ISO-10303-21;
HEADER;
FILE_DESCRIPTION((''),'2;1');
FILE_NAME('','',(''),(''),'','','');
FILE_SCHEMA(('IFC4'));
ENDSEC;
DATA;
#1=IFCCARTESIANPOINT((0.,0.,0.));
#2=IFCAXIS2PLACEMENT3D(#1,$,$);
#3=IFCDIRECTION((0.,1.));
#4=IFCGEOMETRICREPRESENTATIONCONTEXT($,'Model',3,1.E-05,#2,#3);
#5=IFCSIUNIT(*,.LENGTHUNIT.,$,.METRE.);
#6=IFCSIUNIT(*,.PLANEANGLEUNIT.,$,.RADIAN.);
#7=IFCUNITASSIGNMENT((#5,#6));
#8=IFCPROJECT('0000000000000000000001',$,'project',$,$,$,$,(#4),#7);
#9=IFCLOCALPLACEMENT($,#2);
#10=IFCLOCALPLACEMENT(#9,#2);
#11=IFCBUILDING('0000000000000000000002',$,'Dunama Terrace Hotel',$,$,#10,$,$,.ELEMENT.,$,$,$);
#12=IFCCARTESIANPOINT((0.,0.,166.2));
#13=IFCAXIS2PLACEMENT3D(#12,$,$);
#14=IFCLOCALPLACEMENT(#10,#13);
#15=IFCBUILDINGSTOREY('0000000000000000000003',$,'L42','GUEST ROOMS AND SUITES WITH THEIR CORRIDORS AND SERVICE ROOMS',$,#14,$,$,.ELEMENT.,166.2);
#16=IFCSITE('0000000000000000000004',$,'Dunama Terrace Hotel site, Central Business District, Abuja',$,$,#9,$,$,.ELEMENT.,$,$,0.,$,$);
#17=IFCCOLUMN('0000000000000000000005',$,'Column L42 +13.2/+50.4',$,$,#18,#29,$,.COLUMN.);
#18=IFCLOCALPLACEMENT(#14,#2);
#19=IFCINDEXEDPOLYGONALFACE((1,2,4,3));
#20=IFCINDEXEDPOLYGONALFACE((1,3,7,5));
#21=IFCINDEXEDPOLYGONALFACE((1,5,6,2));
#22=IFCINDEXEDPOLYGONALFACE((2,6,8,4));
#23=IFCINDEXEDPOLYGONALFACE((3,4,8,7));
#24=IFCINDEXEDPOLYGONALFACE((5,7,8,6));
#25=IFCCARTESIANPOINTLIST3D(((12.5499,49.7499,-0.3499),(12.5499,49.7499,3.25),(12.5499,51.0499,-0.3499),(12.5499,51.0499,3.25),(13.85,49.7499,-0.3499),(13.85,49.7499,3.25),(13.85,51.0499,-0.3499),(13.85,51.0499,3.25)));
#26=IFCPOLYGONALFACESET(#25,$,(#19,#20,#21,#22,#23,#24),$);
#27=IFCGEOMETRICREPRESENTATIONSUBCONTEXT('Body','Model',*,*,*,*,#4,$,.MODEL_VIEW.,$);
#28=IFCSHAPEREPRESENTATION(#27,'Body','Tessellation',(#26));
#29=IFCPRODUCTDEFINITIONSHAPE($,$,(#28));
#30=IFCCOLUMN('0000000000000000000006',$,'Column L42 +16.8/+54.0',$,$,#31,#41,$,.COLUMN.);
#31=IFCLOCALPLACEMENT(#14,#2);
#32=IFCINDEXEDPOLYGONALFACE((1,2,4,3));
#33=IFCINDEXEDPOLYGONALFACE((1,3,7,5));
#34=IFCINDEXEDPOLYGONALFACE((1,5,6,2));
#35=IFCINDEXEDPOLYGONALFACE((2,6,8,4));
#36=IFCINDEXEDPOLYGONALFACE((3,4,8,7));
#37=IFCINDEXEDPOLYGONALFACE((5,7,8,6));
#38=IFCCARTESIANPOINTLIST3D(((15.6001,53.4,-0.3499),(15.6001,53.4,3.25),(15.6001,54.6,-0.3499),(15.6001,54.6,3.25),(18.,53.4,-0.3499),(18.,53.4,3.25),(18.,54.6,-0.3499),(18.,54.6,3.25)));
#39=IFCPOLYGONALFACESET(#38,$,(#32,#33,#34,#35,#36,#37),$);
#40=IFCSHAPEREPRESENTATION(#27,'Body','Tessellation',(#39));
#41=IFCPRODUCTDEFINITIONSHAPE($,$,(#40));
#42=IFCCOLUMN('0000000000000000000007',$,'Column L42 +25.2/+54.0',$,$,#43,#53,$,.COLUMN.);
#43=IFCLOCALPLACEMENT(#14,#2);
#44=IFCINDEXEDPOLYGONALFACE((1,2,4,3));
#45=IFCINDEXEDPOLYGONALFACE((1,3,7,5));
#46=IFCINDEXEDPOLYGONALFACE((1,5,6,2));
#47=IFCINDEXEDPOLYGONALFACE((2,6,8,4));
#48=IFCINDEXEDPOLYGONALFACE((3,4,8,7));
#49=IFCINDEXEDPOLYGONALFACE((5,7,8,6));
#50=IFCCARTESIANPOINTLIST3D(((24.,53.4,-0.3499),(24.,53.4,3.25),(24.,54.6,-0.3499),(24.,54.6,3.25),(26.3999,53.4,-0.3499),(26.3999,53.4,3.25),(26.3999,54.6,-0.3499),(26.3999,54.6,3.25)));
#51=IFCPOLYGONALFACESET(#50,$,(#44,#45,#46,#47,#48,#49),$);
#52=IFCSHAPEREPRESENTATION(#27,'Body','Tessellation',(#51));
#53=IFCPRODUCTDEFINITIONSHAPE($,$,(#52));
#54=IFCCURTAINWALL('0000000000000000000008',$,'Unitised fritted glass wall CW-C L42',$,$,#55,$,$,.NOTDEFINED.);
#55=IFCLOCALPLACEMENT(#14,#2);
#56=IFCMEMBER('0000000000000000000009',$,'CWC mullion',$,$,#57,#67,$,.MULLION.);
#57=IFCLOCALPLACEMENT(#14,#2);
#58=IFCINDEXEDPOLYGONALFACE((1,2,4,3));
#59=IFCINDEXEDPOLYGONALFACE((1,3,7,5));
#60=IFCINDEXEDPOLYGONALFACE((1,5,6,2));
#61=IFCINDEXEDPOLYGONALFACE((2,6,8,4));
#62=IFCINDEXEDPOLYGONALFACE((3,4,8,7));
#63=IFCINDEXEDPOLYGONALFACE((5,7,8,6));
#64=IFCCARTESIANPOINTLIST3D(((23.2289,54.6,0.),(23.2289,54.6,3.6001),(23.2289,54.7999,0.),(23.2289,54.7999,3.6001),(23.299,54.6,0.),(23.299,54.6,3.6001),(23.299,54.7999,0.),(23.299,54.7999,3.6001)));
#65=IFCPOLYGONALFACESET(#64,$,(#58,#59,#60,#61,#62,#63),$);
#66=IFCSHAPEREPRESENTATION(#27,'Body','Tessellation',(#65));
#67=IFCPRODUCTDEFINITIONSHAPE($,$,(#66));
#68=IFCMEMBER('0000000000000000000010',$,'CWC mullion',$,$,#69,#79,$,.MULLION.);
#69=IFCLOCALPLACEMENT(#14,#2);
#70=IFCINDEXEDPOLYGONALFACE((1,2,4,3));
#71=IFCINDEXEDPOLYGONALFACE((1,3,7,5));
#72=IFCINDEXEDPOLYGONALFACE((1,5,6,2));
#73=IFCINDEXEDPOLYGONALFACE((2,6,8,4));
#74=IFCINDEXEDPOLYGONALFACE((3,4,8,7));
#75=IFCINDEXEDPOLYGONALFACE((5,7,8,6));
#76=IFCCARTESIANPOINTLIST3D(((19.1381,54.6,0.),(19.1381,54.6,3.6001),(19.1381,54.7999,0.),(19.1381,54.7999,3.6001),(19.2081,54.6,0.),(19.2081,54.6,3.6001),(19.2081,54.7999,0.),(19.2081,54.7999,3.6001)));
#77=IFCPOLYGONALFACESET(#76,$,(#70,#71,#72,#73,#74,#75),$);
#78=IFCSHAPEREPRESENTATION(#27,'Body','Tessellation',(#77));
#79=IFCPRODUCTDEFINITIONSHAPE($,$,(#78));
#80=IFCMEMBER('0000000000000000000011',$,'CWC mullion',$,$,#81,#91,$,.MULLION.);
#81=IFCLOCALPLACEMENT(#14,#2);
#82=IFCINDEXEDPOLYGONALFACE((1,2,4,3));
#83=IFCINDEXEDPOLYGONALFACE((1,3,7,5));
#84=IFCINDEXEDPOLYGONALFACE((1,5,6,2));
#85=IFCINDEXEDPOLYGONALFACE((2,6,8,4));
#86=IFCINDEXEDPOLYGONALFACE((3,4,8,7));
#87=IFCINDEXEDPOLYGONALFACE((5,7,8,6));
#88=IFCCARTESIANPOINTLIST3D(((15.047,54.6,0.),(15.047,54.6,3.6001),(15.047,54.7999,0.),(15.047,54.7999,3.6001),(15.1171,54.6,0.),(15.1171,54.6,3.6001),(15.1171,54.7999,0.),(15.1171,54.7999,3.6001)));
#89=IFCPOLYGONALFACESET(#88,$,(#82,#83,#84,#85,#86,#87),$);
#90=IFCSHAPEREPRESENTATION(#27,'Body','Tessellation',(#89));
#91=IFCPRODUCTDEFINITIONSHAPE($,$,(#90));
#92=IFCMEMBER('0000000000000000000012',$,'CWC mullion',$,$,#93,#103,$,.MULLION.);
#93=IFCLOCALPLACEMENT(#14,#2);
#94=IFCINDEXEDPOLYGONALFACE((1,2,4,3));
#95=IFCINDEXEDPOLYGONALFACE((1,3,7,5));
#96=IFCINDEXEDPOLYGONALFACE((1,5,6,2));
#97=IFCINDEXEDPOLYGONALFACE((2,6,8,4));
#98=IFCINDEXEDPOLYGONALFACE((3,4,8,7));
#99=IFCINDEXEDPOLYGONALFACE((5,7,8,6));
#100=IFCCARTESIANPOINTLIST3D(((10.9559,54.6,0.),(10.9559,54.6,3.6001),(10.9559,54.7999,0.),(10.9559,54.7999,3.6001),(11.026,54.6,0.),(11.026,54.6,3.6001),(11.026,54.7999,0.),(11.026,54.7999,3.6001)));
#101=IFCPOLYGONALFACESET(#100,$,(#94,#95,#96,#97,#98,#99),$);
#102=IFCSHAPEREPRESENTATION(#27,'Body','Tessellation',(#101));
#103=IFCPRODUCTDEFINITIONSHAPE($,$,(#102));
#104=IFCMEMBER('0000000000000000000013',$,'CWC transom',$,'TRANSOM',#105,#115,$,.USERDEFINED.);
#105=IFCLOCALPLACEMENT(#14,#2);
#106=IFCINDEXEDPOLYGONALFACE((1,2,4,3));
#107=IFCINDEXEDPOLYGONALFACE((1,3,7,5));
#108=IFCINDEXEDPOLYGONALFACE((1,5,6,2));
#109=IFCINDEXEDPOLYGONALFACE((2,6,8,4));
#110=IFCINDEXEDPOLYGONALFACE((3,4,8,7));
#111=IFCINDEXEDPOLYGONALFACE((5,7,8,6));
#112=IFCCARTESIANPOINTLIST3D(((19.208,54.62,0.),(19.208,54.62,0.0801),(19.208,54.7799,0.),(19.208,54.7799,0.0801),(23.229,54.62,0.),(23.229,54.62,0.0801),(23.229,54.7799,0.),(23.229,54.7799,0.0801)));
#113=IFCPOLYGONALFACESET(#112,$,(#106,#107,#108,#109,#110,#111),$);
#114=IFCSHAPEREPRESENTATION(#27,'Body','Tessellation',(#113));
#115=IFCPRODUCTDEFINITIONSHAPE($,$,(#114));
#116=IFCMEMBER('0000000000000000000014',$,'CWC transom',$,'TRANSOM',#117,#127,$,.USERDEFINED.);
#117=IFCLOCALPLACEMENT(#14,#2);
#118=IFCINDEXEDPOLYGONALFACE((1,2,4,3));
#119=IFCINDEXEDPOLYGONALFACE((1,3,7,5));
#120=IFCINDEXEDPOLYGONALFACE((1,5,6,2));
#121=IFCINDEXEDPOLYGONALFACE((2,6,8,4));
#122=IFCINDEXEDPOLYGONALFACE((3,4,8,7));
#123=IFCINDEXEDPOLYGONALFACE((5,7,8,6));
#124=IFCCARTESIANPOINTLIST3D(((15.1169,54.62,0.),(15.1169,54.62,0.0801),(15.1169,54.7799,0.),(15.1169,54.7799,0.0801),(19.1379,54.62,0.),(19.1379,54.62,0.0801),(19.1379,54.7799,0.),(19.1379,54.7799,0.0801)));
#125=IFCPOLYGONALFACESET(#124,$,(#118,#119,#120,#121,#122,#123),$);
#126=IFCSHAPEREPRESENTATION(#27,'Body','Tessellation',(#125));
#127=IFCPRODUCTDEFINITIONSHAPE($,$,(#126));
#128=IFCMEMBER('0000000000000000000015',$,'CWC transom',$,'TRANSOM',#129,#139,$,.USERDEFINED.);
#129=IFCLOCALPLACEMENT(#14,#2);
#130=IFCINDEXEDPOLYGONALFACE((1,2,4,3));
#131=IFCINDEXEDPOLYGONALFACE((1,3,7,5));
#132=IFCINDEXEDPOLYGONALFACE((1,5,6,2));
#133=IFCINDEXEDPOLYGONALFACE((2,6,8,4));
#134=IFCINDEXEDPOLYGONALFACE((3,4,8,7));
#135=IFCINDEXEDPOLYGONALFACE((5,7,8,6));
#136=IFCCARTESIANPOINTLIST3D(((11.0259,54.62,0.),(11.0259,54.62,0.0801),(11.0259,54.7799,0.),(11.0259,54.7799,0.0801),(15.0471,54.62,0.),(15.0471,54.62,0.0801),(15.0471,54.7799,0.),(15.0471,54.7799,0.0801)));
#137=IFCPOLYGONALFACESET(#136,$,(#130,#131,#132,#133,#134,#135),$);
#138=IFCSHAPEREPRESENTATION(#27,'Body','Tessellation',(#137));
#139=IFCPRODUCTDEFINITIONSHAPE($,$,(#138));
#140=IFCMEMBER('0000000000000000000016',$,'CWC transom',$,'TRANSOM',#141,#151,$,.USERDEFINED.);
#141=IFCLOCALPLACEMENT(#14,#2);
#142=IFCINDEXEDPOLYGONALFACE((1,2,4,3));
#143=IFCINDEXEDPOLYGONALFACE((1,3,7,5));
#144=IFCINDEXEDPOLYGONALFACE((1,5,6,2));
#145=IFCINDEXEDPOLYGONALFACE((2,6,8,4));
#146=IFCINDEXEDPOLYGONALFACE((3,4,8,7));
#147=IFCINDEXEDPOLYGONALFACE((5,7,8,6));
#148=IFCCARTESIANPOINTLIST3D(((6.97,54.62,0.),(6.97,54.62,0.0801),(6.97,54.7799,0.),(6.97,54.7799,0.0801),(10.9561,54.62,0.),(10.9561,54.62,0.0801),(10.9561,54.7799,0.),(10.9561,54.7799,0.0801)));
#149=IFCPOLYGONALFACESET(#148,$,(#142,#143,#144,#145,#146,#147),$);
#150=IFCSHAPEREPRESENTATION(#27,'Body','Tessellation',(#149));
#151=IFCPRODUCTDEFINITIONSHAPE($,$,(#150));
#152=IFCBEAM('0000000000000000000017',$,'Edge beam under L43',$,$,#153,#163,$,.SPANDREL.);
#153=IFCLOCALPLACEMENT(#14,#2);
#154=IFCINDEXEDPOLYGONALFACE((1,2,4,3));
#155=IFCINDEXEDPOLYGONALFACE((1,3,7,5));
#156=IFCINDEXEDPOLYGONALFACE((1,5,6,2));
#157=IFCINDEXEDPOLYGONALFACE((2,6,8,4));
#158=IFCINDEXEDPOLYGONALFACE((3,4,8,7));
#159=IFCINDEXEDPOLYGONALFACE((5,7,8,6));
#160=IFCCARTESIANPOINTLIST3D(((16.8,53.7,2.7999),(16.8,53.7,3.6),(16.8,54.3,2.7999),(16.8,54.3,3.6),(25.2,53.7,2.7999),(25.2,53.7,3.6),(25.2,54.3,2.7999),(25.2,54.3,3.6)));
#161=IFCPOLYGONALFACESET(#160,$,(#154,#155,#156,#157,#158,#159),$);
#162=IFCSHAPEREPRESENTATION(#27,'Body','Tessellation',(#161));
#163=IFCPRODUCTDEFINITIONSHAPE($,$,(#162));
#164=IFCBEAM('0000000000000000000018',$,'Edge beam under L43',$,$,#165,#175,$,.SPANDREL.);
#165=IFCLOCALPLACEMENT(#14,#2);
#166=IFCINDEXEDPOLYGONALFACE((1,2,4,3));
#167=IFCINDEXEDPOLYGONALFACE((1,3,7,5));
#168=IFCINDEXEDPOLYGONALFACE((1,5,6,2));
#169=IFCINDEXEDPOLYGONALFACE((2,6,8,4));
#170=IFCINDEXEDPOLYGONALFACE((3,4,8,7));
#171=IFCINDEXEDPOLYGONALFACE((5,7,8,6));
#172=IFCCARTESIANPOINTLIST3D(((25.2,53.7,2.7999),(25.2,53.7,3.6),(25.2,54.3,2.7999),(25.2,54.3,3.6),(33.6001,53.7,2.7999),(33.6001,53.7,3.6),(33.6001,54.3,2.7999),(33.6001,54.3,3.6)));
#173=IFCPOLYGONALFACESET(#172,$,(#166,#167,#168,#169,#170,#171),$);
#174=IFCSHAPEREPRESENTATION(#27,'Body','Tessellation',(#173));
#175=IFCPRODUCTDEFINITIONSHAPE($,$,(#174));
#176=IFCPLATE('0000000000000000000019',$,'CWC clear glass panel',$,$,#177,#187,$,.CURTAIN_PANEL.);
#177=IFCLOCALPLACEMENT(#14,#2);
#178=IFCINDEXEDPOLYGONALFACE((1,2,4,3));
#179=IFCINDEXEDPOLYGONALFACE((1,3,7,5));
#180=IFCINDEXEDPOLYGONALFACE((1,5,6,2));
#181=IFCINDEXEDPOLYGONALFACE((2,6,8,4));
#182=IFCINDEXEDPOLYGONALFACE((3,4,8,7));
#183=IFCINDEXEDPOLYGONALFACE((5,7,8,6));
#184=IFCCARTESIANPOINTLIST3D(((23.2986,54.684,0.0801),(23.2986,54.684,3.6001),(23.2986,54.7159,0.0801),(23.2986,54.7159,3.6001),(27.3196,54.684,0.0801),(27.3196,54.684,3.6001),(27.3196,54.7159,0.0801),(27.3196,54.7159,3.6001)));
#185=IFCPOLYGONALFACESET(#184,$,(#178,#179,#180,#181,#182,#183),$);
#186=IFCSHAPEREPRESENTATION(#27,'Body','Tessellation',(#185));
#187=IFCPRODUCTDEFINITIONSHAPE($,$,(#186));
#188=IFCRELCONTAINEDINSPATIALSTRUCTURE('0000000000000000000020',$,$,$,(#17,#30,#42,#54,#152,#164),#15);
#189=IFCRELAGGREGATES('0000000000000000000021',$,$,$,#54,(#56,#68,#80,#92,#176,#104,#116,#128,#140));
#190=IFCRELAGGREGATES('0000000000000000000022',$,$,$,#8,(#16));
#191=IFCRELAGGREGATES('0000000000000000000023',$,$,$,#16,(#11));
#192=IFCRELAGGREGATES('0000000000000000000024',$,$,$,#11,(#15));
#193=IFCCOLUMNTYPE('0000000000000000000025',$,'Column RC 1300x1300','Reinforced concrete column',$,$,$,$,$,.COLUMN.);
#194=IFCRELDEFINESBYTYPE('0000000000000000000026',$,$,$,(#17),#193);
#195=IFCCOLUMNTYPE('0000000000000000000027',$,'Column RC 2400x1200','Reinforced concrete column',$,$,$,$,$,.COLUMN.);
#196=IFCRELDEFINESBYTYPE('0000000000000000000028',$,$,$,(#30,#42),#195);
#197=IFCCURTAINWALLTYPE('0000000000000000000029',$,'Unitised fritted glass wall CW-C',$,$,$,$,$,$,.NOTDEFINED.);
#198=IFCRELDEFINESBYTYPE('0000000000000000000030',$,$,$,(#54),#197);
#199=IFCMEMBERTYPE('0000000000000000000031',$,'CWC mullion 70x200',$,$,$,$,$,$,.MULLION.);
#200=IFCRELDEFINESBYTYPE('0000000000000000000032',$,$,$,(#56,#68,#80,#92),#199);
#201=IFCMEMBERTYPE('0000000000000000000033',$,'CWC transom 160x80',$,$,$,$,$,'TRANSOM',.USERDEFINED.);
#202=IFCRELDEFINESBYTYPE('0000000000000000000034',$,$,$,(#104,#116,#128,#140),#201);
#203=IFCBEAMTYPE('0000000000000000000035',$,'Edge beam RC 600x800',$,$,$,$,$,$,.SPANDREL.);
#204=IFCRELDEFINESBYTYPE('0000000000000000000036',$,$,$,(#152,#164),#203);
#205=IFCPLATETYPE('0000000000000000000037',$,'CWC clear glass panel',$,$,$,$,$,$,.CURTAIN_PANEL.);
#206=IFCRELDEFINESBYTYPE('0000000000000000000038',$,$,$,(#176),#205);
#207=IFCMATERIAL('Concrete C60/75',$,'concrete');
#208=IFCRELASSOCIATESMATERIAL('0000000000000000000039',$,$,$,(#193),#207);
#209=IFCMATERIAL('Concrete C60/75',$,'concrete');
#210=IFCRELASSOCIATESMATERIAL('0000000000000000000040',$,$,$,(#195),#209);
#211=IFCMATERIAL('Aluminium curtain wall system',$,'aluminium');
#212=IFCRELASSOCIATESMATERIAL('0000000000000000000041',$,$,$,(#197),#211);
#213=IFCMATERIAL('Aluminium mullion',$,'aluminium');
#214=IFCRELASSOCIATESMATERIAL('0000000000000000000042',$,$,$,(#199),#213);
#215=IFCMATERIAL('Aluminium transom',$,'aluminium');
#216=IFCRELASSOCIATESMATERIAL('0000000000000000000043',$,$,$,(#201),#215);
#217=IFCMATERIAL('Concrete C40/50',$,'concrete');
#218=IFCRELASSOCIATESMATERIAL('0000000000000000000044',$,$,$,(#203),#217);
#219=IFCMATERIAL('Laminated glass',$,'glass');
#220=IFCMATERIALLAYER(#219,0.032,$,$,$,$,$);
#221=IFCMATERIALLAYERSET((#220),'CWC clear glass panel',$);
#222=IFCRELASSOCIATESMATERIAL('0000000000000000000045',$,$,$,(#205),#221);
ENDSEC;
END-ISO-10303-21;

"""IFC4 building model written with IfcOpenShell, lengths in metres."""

from ifc_helpers import new_model, si_unit, direction, frame, origin, origin_2d, place, context, subcontext, project, spatial, rectangle, extrude, material, layer, layer_set, material_profile, profile_set, type_object, element, aggregate, save


model = new_model("IFC4")

# Units and contexts
model_context = context("Model", 3, precision=1e-05, world=origin(), true_north=direction((0.0, 1.0)))
body_context = subcontext(model_context, "Body", "Model", "MODEL_VIEW")
ifc_project = project(units=[si_unit("LENGTHUNIT", "METRE"), si_unit("PLANEANGLEUNIT", "RADIAN")], contexts=[model_context])

# Site, building, storey
site_placement = place(None, origin())
site = spatial("IfcSite", under=ifc_project, at=site_placement, Name="Dunama Terrace Hotel site, Central Business District, Abuja", CompositionType="ELEMENT", RefElevation=0.0)
building_placement = place(site_placement, origin())
building = spatial("IfcBuilding", under=site, at=building_placement, Name="Dunama Terrace Hotel", CompositionType="ELEMENT")
storey_placement = place(building_placement, frame((0.0, 0.0, 166.2)))
storey = spatial("IfcBuildingStorey", under=building, at=storey_placement, Name="L42", Description="GUEST ROOMS AND SUITES WITH THEIR CORRIDORS AND SERVICE ROOMS", CompositionType="ELEMENT", Elevation=166.2)

# Columns
ifc_material_1 = material(Name="Concrete C60/75", Category="concrete")
ifc_material_profile_1 = material_profile(ifc_material_1, rectangle(XDim=1.3, YDim=1.3, at=origin_2d()), Name="RC 1300x1300")
ifc_profile_set_1 = profile_set([ifc_material_profile_1], Name="Concrete C60/75")
column_type_1 = type_object("IfcColumnType", Name="Column RC 1300x1300", Description="Reinforced concrete column", PredefinedType="COLUMN", material=ifc_profile_set_1)
column_placement = place(storey_placement, frame((13.2, 50.3999, -0.3499), z_axis=(0.0, 0.0, 1.0), x_axis=(1.0, 0.0, 0.0)))
element("IfcColumn", 1, at=column_placement, inside=storey, type_object=column_type_1, Name="Column L42 +13.2/+50.4", PredefinedType="COLUMN", context=body_context, shape_type="SweptSolid", body=[
    extrude(rectangle(XDim=1.3, YDim=1.3, at=origin_2d()), origin(), (0.0, 0.0, 1.0), 3.5999),
])
ifc_material_2 = material(Name="Concrete C60/75", Category="concrete")
ifc_material_profile_2 = material_profile(ifc_material_2, rectangle(XDim=2.3999, YDim=1.2, at=origin_2d()), Name="RC 2400x1200")
ifc_profile_set_2 = profile_set([ifc_material_profile_2], Name="Concrete C60/75")
column_type_2 = type_object("IfcColumnType", Name="Column RC 2400x1200", Description="Reinforced concrete column", PredefinedType="COLUMN", material=ifc_profile_set_2)
for number, where, z_axis, x_axis, name in (
    (2, (16.8, 54.0, -0.3499), (0.0, 0.0, 1.0), (1.0, 0.0, 0.0), "Column L42 +16.8/+54.0"),
    (3, (25.2, 54.0, -0.3499), (0.0, 0.0, 1.0), (1.0, 0.0, 0.0), "Column L42 +25.2/+54.0"),
):
    element("IfcColumn", number, at=place(storey_placement, frame(where, z_axis=z_axis, x_axis=x_axis)), inside=storey, type_object=column_type_2, Name=name, PredefinedType="COLUMN", context=body_context, shape_type="SweptSolid", body=[
        extrude(rectangle(XDim=2.3999, YDim=1.2, at=origin_2d()), origin(), (0.0, 0.0, 1.0), 3.5999),
    ])

# Curtain wall, members
ifc_material_3 = material(Name="Aluminium curtain wall system", Category="aluminium")
curtain_wall_type = type_object("IfcCurtainWallType", Name="Unitised fritted glass wall CW-C", PredefinedType="NOTDEFINED", material=ifc_material_3)
curtain_wall_placement = place(storey_placement, origin())
curtain_wall = element("IfcCurtainWall", 4, at=curtain_wall_placement, inside=storey, type_object=curtain_wall_type, Name="Unitised fritted glass wall CW-C L42", PredefinedType="NOTDEFINED")
ifc_material_4 = material(Name="Aluminium mullion", Category="aluminium")
ifc_material_profile_3 = material_profile(ifc_material_4, rectangle(XDim=0.0701, YDim=0.2, at=origin_2d()), Name="CWC MULLION 70X200")
ifc_profile_set_3 = profile_set([ifc_material_profile_3], Name="Aluminium mullion")
member_type_1 = type_object("IfcMemberType", Name="CWC mullion 70x200", PredefinedType="MULLION", material=ifc_profile_set_3)
member_1_placement = place(storey_placement, frame((23.2639, 54.7, 0.0), z_axis=(0.0, 0.0, 1.0), x_axis=(-1.0, 0.0, 0.0)))
member_1 = element("IfcMember", 5, at=member_1_placement, type_object=member_type_1, Name="CWC mullion", PredefinedType="MULLION", context=body_context, shape_type="SweptSolid", body=[
    extrude(rectangle(XDim=0.0701, YDim=0.2, at=origin_2d()), origin(), (0.0, 0.0, 1.0), 3.6001),
])
member_2_placement = place(storey_placement, frame((19.1731, 54.7, 0.0), z_axis=(0.0, 0.0, 1.0), x_axis=(-1.0, 0.0, 0.0)))
member_2 = element("IfcMember", 6, at=member_2_placement, type_object=member_type_1, Name="CWC mullion", PredefinedType="MULLION", context=body_context, shape_type="SweptSolid", body=[
    extrude(rectangle(XDim=0.0701, YDim=0.2, at=origin_2d()), origin(), (0.0, 0.0, 1.0), 3.6001),
])
member_3_placement = place(storey_placement, frame((15.082, 54.7, 0.0), z_axis=(0.0, 0.0, 1.0), x_axis=(-1.0, 0.0, 0.0)))
member_3 = element("IfcMember", 7, at=member_3_placement, type_object=member_type_1, Name="CWC mullion", PredefinedType="MULLION", context=body_context, shape_type="SweptSolid", body=[
    extrude(rectangle(XDim=0.0701, YDim=0.2, at=origin_2d()), origin(), (0.0, 0.0, 1.0), 3.6001),
])
member_4_placement = place(storey_placement, frame((10.991, 54.7, 0.0), z_axis=(0.0, 0.0, 1.0), x_axis=(-1.0, 0.0, 0.0)))
member_4 = element("IfcMember", 8, at=member_4_placement, type_object=member_type_1, Name="CWC mullion", PredefinedType="MULLION", context=body_context, shape_type="SweptSolid", body=[
    extrude(rectangle(XDim=0.0701, YDim=0.2, at=origin_2d()), origin(), (0.0, 0.0, 1.0), 3.6001),
])
ifc_material_5 = material(Name="Aluminium transom", Category="aluminium")
ifc_material_profile_4 = material_profile(ifc_material_5, rectangle(XDim=0.1599, YDim=0.0801, at=origin_2d()), Name="CWC TRANSOM 160X80")
ifc_profile_set_4 = profile_set([ifc_material_profile_4], Name="Aluminium transom")
member_type_2 = type_object("IfcMemberType", Name="CWC transom 160x80", ElementType="TRANSOM", PredefinedType="USERDEFINED", material=ifc_profile_set_4)
member_5_placement = place(storey_placement, frame((23.229, 54.7, 0.04), z_axis=(-1.0, 0.0, 0.0), x_axis=(0.0, -1.0, 0.0)))
member_5 = element("IfcMember", 9, at=member_5_placement, type_object=member_type_2, Name="CWC transom", ObjectType="TRANSOM", PredefinedType="USERDEFINED", context=body_context, shape_type="SweptSolid", body=[
    extrude(rectangle(XDim=0.1599, YDim=0.0801, at=origin_2d()), origin(), (0.0, 0.0, 1.0), 4.021),
])
member_6_placement = place(storey_placement, frame((19.1379, 54.7, 0.04), z_axis=(-1.0, 0.0, 0.0), x_axis=(0.0, -1.0, 0.0)))
member_6 = element("IfcMember", 10, at=member_6_placement, type_object=member_type_2, Name="CWC transom", ObjectType="TRANSOM", PredefinedType="USERDEFINED", context=body_context, shape_type="SweptSolid", body=[
    extrude(rectangle(XDim=0.1599, YDim=0.0801, at=origin_2d()), origin(), (0.0, 0.0, 1.0), 4.021),
])
member_7_placement = place(storey_placement, frame((15.0471, 54.7, 0.04), z_axis=(-1.0, 0.0, 0.0), x_axis=(0.0, -1.0, 0.0)))
member_7 = element("IfcMember", 11, at=member_7_placement, type_object=member_type_2, Name="CWC transom", ObjectType="TRANSOM", PredefinedType="USERDEFINED", context=body_context, shape_type="SweptSolid", body=[
    extrude(rectangle(XDim=0.1599, YDim=0.0801, at=origin_2d()), origin(), (0.0, 0.0, 1.0), 4.0212),
])
member_8_placement = place(storey_placement, frame((10.9561, 54.7, 0.04), z_axis=(-1.0, 0.0, 0.0), x_axis=(0.0, -1.0, 0.0)))
member_8 = element("IfcMember", 12, at=member_8_placement, type_object=member_type_2, Name="CWC transom", ObjectType="TRANSOM", PredefinedType="USERDEFINED", context=body_context, shape_type="SweptSolid", body=[
    extrude(rectangle(XDim=0.1599, YDim=0.0801, at=origin_2d()), origin(), (0.0, 0.0, 1.0), 3.9861),
])

# Beams
ifc_material_6 = material(Name="Concrete C40/50", Category="concrete")
ifc_material_profile_5 = material_profile(ifc_material_6, rectangle(XDim=0.6001, YDim=0.8, at=origin_2d()), Name="RC 600x800")
ifc_profile_set_5 = profile_set([ifc_material_profile_5], Name="Concrete C40/50")
beam_type = type_object("IfcBeamType", Name="Edge beam RC 600x800", PredefinedType="SPANDREL", material=ifc_profile_set_5)
beam_1_placement = place(storey_placement, frame((16.8, 54.0, 3.2), z_axis=(1.0, 0.0, 0.0), x_axis=(0.0, 1.0, 0.0)))
element("IfcBeam", 13, at=beam_1_placement, inside=storey, type_object=beam_type, Name="Edge beam under L43", PredefinedType="SPANDREL", context=body_context, shape_type="SweptSolid", body=[
    extrude(rectangle(XDim=0.6001, YDim=0.8, at=origin_2d()), origin(), (0.0, 0.0, 1.0), 8.3999),
])
beam_2_placement = place(storey_placement, frame((25.2, 54.0, 3.2), z_axis=(1.0, 0.0, 0.0), x_axis=(0.0, 1.0, 0.0)))
element("IfcBeam", 14, at=beam_2_placement, inside=storey, type_object=beam_type, Name="Edge beam under L43", PredefinedType="SPANDREL", context=body_context, shape_type="SweptSolid", body=[
    extrude(rectangle(XDim=0.6001, YDim=0.8, at=origin_2d()), origin(), (0.0, 0.0, 1.0), 8.4001),
])

# Plate
ifc_material_7 = material(Name="Laminated glass", Category="glass")
ifc_layer_1 = layer(ifc_material_7, 0.032)
ifc_layer_set_1 = layer_set([ifc_layer_1], Name="CWC clear glass panel")
plate_type_1 = type_object("IfcPlateType", Name="CWC clear glass panel", PredefinedType="CURTAIN_PANEL", material=ifc_layer_set_1)
plate_1_placement = place(storey_placement, frame((25.3091, 54.7, 0.0801), z_axis=(0.0, 0.0, 1.0), x_axis=(-1.0, 0.0, 0.0)))
plate_1 = element("IfcPlate", 15, at=plate_1_placement, type_object=plate_type_1, Name="CWC clear glass panel", PredefinedType="CURTAIN_PANEL", context=body_context, shape_type="SweptSolid", body=[
    extrude(rectangle(XDim=4.021, YDim=0.032, at=origin_2d()), origin(), (0.0, 0.0, 1.0), 3.52),
])
aggregate(curtain_wall, [member_1, member_2, member_3, member_4, plate_1, member_5, member_6, member_7, member_8])

save(model, "model.ifc")
